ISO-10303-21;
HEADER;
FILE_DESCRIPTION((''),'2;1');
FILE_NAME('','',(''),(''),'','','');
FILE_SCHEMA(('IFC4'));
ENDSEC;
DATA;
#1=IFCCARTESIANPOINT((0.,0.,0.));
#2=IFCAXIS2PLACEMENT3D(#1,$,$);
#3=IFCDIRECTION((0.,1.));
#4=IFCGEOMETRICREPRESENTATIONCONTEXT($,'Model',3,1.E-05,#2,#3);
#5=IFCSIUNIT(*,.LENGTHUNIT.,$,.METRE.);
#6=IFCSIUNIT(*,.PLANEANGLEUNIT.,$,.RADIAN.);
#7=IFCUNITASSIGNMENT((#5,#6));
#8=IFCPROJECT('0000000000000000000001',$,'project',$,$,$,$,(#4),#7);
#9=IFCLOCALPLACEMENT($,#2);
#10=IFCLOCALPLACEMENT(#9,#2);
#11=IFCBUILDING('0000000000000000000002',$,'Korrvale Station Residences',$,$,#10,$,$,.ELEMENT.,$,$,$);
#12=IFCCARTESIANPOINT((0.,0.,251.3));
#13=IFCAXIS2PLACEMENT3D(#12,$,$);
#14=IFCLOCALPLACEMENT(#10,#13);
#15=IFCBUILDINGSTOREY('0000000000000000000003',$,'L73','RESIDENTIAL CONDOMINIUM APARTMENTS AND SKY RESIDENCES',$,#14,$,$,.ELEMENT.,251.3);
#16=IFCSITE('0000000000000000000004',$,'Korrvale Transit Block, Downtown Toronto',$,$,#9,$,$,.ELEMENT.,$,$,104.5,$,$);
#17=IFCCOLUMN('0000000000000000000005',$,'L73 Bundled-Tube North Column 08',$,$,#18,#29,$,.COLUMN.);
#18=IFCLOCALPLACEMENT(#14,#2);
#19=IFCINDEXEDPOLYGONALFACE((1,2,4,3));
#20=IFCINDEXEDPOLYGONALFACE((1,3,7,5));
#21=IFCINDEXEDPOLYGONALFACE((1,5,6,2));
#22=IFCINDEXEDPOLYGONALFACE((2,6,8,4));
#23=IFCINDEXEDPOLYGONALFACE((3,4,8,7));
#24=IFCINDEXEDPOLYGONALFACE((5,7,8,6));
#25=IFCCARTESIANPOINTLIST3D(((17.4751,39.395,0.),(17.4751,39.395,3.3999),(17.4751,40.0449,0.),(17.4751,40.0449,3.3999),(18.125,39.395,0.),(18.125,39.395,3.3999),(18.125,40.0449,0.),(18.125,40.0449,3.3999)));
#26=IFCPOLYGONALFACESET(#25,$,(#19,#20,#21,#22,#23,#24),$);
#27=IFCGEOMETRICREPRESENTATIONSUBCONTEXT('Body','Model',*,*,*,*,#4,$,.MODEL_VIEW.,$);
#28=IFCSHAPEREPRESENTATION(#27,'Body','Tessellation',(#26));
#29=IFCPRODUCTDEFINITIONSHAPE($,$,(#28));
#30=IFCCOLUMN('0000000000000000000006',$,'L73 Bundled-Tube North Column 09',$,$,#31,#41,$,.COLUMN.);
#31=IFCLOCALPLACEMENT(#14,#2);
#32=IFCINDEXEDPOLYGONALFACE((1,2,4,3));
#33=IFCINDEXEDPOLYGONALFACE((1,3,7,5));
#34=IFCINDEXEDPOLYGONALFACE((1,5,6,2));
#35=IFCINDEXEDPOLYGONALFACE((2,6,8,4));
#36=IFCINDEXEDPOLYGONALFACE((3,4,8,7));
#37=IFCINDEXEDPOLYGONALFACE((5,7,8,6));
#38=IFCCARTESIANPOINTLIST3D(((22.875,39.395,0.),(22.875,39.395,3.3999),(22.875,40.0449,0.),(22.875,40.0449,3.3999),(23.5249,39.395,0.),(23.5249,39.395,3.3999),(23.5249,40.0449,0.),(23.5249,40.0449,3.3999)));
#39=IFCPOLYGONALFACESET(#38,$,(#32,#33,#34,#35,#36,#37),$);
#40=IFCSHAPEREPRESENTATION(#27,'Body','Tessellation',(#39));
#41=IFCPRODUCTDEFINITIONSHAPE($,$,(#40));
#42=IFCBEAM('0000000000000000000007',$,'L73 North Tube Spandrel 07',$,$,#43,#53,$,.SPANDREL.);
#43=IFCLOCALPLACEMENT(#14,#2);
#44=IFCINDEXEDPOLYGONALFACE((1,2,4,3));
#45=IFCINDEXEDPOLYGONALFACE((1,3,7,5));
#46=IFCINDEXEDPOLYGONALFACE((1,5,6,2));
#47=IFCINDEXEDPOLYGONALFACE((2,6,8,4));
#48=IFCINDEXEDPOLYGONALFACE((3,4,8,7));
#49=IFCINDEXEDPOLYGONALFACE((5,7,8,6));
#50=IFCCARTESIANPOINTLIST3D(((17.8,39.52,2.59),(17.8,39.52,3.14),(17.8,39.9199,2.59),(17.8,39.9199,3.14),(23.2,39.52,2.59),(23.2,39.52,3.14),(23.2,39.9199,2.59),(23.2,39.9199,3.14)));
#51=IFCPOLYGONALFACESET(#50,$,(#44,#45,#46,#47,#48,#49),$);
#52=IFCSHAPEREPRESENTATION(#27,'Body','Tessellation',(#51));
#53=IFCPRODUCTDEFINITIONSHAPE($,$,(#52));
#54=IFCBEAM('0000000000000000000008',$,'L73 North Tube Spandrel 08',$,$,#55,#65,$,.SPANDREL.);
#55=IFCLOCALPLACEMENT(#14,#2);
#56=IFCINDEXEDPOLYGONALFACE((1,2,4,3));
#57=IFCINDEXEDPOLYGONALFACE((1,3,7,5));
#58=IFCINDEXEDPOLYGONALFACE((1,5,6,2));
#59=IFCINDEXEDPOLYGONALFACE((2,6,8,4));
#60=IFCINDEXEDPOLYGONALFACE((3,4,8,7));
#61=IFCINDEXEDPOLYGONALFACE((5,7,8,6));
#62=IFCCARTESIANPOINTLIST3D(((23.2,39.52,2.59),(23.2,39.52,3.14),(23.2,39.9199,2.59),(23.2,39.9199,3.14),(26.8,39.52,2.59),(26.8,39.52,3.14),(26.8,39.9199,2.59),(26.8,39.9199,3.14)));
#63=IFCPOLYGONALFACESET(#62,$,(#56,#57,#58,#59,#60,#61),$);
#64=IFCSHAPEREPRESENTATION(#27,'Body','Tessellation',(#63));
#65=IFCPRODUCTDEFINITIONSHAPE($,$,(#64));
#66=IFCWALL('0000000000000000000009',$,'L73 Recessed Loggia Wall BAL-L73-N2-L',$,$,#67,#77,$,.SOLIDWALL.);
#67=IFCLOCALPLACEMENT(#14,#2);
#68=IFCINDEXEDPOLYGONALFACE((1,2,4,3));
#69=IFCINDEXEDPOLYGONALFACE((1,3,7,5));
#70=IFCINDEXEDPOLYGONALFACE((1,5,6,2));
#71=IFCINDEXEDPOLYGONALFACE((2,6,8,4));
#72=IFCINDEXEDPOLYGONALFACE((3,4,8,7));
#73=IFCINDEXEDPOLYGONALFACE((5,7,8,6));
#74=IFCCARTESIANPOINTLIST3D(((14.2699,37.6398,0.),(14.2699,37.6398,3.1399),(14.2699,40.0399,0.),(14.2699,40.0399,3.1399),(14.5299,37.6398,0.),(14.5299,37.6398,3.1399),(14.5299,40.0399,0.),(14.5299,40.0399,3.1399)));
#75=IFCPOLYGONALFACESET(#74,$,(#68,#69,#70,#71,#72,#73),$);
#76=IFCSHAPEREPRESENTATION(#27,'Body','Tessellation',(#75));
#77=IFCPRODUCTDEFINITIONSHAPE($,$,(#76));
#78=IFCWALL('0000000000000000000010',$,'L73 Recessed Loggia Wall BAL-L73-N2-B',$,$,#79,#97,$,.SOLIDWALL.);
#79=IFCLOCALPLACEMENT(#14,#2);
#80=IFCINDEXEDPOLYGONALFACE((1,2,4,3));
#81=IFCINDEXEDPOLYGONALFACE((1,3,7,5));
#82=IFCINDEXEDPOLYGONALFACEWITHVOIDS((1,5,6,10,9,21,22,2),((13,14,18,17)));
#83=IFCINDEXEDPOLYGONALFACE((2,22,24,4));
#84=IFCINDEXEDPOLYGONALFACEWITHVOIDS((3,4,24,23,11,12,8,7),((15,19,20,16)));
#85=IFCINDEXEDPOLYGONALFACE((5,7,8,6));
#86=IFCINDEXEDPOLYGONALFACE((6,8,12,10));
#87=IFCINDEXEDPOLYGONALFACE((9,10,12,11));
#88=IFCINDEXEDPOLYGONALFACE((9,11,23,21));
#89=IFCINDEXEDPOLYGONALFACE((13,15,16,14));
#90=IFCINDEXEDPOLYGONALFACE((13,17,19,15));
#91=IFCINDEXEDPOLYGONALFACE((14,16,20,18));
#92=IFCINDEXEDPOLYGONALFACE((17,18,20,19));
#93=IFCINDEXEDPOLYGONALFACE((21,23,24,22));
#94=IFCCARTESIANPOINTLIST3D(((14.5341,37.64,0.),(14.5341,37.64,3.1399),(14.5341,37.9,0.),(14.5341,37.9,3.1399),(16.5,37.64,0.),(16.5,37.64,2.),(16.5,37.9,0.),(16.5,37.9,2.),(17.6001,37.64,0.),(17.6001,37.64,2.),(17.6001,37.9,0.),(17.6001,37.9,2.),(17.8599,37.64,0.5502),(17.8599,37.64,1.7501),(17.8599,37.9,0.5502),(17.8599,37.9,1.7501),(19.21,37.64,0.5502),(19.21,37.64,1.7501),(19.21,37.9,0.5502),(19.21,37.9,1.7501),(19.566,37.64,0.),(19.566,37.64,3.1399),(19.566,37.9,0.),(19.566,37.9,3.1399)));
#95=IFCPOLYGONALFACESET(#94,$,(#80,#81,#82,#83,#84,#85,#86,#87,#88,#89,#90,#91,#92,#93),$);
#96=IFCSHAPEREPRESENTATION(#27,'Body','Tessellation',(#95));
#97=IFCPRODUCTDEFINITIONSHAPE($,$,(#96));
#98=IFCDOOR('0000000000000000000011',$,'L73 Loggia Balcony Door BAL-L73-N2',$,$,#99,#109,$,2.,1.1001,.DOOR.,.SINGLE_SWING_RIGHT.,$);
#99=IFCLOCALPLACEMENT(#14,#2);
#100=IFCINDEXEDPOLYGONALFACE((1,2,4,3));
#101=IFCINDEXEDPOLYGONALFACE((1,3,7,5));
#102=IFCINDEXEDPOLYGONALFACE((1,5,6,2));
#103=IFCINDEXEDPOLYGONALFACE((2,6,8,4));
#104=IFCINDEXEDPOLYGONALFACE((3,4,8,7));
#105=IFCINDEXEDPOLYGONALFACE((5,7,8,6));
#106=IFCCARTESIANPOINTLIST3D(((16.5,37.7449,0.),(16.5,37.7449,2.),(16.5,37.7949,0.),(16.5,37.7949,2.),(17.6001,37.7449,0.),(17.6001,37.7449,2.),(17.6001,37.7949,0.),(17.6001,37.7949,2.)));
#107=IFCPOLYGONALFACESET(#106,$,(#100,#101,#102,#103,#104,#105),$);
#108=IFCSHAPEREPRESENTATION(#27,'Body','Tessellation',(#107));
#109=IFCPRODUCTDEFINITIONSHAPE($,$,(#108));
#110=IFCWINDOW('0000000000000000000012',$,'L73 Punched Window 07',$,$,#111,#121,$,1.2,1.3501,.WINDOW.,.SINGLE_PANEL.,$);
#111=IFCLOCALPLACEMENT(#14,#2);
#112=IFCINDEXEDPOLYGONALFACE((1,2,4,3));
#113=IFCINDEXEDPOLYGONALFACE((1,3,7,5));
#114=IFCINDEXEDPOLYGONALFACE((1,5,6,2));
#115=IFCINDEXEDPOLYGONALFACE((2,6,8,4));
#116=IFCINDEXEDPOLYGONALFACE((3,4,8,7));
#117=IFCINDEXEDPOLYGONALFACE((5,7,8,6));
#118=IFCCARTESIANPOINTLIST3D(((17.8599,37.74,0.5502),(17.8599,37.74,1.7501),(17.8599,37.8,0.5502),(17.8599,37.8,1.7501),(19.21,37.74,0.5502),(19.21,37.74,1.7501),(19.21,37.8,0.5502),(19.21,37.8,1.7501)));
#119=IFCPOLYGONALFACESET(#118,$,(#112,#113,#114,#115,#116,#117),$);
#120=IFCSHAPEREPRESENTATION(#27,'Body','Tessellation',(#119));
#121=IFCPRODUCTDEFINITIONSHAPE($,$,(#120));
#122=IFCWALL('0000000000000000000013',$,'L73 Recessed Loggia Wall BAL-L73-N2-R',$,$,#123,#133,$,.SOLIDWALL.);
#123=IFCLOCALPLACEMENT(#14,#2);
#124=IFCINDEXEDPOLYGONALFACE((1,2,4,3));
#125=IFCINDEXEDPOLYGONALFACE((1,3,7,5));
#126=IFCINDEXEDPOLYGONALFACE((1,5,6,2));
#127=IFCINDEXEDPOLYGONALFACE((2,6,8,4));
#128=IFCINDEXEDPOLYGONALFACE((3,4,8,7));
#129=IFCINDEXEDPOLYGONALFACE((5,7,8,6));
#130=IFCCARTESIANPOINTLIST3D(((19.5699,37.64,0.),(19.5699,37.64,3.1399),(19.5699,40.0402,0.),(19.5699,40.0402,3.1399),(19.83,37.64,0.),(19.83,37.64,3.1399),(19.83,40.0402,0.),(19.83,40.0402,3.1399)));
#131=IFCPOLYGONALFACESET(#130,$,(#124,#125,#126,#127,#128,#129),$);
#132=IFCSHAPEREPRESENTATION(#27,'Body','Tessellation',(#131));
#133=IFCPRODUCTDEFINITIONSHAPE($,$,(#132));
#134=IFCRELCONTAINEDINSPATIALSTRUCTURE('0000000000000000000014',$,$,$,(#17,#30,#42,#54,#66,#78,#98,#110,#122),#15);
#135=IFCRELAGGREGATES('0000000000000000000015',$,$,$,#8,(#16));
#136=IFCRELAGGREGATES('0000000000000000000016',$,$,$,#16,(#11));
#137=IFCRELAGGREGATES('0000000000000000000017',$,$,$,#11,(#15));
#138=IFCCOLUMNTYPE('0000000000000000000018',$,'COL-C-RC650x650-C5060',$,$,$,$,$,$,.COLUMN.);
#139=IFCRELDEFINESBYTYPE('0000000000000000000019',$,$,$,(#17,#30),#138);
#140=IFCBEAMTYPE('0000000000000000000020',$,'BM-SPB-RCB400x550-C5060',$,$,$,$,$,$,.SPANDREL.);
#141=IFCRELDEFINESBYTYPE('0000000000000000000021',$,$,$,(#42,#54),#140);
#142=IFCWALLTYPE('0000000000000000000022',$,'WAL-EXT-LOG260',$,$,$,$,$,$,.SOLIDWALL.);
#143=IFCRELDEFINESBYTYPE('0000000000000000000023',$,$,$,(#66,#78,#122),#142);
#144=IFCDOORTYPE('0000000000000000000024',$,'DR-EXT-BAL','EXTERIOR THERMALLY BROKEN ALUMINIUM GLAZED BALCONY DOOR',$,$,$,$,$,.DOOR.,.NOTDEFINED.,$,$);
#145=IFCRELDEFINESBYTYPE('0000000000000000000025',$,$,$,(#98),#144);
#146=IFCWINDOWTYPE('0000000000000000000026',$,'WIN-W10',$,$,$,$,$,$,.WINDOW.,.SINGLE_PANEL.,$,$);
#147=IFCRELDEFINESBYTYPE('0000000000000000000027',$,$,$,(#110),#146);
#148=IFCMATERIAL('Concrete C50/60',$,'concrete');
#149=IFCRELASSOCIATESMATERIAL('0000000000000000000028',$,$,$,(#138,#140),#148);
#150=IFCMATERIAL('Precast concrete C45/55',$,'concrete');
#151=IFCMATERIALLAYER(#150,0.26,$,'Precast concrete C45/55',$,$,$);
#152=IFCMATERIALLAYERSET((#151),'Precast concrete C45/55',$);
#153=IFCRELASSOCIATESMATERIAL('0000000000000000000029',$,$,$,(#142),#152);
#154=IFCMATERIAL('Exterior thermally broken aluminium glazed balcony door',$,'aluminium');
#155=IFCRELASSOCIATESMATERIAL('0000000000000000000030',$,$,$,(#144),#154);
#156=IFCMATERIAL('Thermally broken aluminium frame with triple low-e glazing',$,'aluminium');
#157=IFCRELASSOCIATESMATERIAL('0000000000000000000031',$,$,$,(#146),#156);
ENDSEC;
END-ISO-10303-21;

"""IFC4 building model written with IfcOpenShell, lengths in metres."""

from ifc_helpers import new_model, si_unit, direction, frame, frame_2d, origin, origin_2d, place, context, subcontext, project, spatial, rectangle, extrude, material, layer, layer_set, material_profile, profile_set, type_object, element, fill, save


model = new_model("IFC4")

# Units and contexts
model_context = context("Model", 3, precision=1e-05, world=origin(), true_north=direction((0.0, 1.0)))
body_context = subcontext(model_context, "Body", "Model", "MODEL_VIEW")
ifc_project = project(units=[si_unit("LENGTHUNIT", "METRE"), si_unit("PLANEANGLEUNIT", "RADIAN")], contexts=[model_context])

# Site, building, storey
site_placement = place(None, origin())
site = spatial("IfcSite", under=ifc_project, at=site_placement, Name="Korrvale Transit Block, Downtown Toronto", CompositionType="ELEMENT", RefElevation=104.5)
building_placement = place(site_placement, origin())
building = spatial("IfcBuilding", under=site, at=building_placement, Name="Korrvale Station Residences", CompositionType="ELEMENT")
storey_placement = place(building_placement, frame((0.0, 0.0, 251.3)))
storey = spatial("IfcBuildingStorey", under=building, at=storey_placement, Name="L73", Description="RESIDENTIAL CONDOMINIUM APARTMENTS AND SKY RESIDENCES", CompositionType="ELEMENT", Elevation=251.3)

# Columns
ifc_material_1 = material(Name="Concrete C50/60", Category="concrete")
ifc_material_profile_1 = material_profile(ifc_material_1, rectangle(XDim=0.6499, YDim=0.6499, at=origin_2d()), Name="RC650x650")
ifc_profile_set_1 = profile_set([ifc_material_profile_1], Name="Concrete C50/60")
column_type = type_object("IfcColumnType", Name="COL-C-RC650x650-C5060", PredefinedType="COLUMN", material=ifc_profile_set_1)
for number, where, z_axis, x_axis, name in (
    (1, (17.8, 39.72, 0.0), (0.0, 0.0, 1.0), (1.0, 0.0, 0.0), "L73 Bundled-Tube North Column 08"),
    (2, (23.2, 39.72, 0.0), (0.0, 0.0, 1.0), (1.0, 0.0, 0.0), "L73 Bundled-Tube North Column 09"),
):
    element("IfcColumn", number, at=place(storey_placement, frame(where, z_axis=z_axis, x_axis=x_axis)), inside=storey, type_object=column_type, Name=name, PredefinedType="COLUMN", context=body_context, shape_type="SweptSolid", body=[
        extrude(rectangle(XDim=0.6499, YDim=0.6499, at=origin_2d()), origin(), (0.0, 0.0, 1.0), 3.3999),
    ])

# Beams
ifc_material_profile_2 = material_profile(ifc_material_1, rectangle(XDim=0.3999, YDim=0.55, at=origin_2d()), Name="RCB400x550")
ifc_profile_set_2 = profile_set([ifc_material_profile_2], Name="Concrete C50/60")
beam_type = type_object("IfcBeamType", Name="BM-SPB-RCB400x550-C5060", PredefinedType="SPANDREL", material=ifc_profile_set_2)
beam_1_placement = place(storey_placement, frame((17.8, 39.72, 2.865), z_axis=(1.0, 0.0, 0.0), x_axis=(0.0, 1.0, 0.0)))
element("IfcBeam", 3, at=beam_1_placement, inside=storey, type_object=beam_type, Name="L73 North Tube Spandrel 07", PredefinedType="SPANDREL", context=body_context, shape_type="SweptSolid", body=[
    extrude(rectangle(XDim=0.3999, YDim=0.55, at=origin_2d()), origin(), (0.0, 0.0, 1.0), 5.3999),
])
beam_2_placement = place(storey_placement, frame((23.2, 39.72, 2.865), z_axis=(1.0, 0.0, 0.0), x_axis=(0.0, 1.0, 0.0)))
element("IfcBeam", 4, at=beam_2_placement, inside=storey, type_object=beam_type, Name="L73 North Tube Spandrel 08", PredefinedType="SPANDREL", context=body_context, shape_type="SweptSolid", body=[
    extrude(rectangle(XDim=0.3999, YDim=0.55, at=origin_2d()), origin(), (0.0, 0.0, 1.0), 3.6001),
])

# Wall
ifc_material_2 = material(Name="Precast concrete C45/55", Category="concrete")
ifc_layer_1 = layer(ifc_material_2, 0.26, Name="Precast concrete C45/55")
ifc_layer_set_1 = layer_set([ifc_layer_1], Name="Precast concrete C45/55")
wall_type_1 = type_object("IfcWallType", Name="WAL-EXT-LOG260", PredefinedType="SOLIDWALL", material=ifc_layer_set_1)
wall_1_placement = place(storey_placement, frame((14.3999, 40.04, 0.0), z_axis=(0.0, 0.0, 1.0), x_axis=(0.0, -1.0, 0.0)))
element("IfcWall", 5, at=wall_1_placement, inside=storey, type_object=wall_type_1, Name="L73 Recessed Loggia Wall BAL-L73-N2-L", PredefinedType="SOLIDWALL", context=body_context, shape_type="SweptSolid", body=[
    extrude(rectangle(XDim=2.4001, YDim=0.26, at=frame_2d((1.2002, 0.0))), origin(), (0.0, 0.0, 1.0), 3.1399),
])

# Wall, openings, door, window
wall_2_placement = place(storey_placement, frame((14.5339, 37.77, 0.0), z_axis=(0.0, 0.0, 1.0), x_axis=(1.0, 0.0, 0.0)))
wall_2 = element("IfcWall", 6, at=wall_2_placement, inside=storey, type_object=wall_type_1, Name="L73 Recessed Loggia Wall BAL-L73-N2-B", PredefinedType="SOLIDWALL", context=body_context, shape_type="SweptSolid", body=[
    extrude(rectangle(XDim=5.032, YDim=0.26, at=frame_2d((2.5161, 0.0))), origin(), (0.0, 0.0, 1.0), 3.1399),
])
opening_1_placement = place(wall_2_placement, frame((1.9661, 0.0, 0.0)))
opening_1 = element("IfcOpeningElement", 7, at=opening_1_placement, cuts=wall_2, PredefinedType="OPENING", context=body_context, shape_type="SweptSolid", body=[
    extrude(rectangle(XDim=1.1001, YDim=2.0, at=frame_2d((0.55, 1.0))), frame((0.0, 0.1401, 0.0), z_axis=(0.0, -1.0, 0.0), x_axis=(1.0, 0.0, 0.0)), (0.0, 0.0, 1.0), 0.28),
])
opening_2_placement = place(wall_2_placement, frame((3.3259, 0.0, 0.55)))
opening_2 = element("IfcOpeningElement", 8, at=opening_2_placement, cuts=wall_2, PredefinedType="OPENING", context=body_context, shape_type="SweptSolid", body=[
    extrude(rectangle(XDim=1.3501, YDim=1.2, at=frame_2d((0.675, 0.6001))), frame((0.0, 0.1401, 0.0), z_axis=(0.0, -1.0, 0.0), x_axis=(1.0, 0.0, 0.0)), (0.0, 0.0, 1.0), 0.28),
])
ifc_material_3 = material(Name="Exterior thermally broken aluminium glazed balcony door", Category="aluminium")
door_type = type_object("IfcDoorType", Name="DR-EXT-BAL", Description="EXTERIOR THERMALLY BROKEN ALUMINIUM GLAZED BALCONY DOOR", OperationType="NOTDEFINED", PredefinedType="DOOR", material=ifc_material_3)
door_placement = place(opening_1_placement, origin())
door = element("IfcDoor", 9, at=door_placement, inside=storey, type_object=door_type, Name="L73 Loggia Balcony Door BAL-L73-N2", OperationType="SINGLE_SWING_RIGHT", OverallHeight=2.0, OverallWidth=1.1001, PredefinedType="DOOR", context=body_context, shape_type="SweptSolid", body=[
    extrude(rectangle(XDim=1.1001, YDim=2.0, at=frame_2d((0.55, 1.0))), frame((0.0, 0.0249, 0.0), z_axis=(0.0, -1.0, 0.0), x_axis=(1.0, 0.0, 0.0)), (0.0, 0.0, 1.0), 0.05),
])
fill(opening_1, door)
ifc_material_4 = material(Name="Thermally broken aluminium frame with triple low-e glazing", Category="aluminium")
window_type = type_object("IfcWindowType", Name="WIN-W10", PartitioningType="SINGLE_PANEL", PredefinedType="WINDOW", material=ifc_material_4)
window_1_placement = place(opening_2_placement, origin())
window_1 = element("IfcWindow", 10, at=window_1_placement, inside=storey, type_object=window_type, Name="L73 Punched Window 07", OverallHeight=1.2, OverallWidth=1.3501, PartitioningType="SINGLE_PANEL", PredefinedType="WINDOW", context=body_context, shape_type="SweptSolid", body=[
    extrude(rectangle(XDim=1.3501, YDim=1.2, at=frame_2d((0.675, 0.6001))), frame((0.0, 0.03, 0.0), z_axis=(0.0, -1.0, 0.0), x_axis=(1.0, 0.0, 0.0)), (0.0, 0.0, 1.0), 0.0601),
])
fill(opening_2, window_1)

# Wall
wall_3_placement = place(storey_placement, frame((19.7, 37.6399, 0.0), z_axis=(0.0, 0.0, 1.0), x_axis=(0.0, 1.0, 0.0)))
element("IfcWall", 11, at=wall_3_placement, inside=storey, type_object=wall_type_1, Name="L73 Recessed Loggia Wall BAL-L73-N2-R", PredefinedType="SOLIDWALL", context=body_context, shape_type="SweptSolid", body=[
    extrude(rectangle(XDim=2.4001, YDim=0.26, at=frame_2d((1.2002, 0.0))), origin(), (0.0, 0.0, 1.0), 3.1399),
])

save(model, "model.ifc")
